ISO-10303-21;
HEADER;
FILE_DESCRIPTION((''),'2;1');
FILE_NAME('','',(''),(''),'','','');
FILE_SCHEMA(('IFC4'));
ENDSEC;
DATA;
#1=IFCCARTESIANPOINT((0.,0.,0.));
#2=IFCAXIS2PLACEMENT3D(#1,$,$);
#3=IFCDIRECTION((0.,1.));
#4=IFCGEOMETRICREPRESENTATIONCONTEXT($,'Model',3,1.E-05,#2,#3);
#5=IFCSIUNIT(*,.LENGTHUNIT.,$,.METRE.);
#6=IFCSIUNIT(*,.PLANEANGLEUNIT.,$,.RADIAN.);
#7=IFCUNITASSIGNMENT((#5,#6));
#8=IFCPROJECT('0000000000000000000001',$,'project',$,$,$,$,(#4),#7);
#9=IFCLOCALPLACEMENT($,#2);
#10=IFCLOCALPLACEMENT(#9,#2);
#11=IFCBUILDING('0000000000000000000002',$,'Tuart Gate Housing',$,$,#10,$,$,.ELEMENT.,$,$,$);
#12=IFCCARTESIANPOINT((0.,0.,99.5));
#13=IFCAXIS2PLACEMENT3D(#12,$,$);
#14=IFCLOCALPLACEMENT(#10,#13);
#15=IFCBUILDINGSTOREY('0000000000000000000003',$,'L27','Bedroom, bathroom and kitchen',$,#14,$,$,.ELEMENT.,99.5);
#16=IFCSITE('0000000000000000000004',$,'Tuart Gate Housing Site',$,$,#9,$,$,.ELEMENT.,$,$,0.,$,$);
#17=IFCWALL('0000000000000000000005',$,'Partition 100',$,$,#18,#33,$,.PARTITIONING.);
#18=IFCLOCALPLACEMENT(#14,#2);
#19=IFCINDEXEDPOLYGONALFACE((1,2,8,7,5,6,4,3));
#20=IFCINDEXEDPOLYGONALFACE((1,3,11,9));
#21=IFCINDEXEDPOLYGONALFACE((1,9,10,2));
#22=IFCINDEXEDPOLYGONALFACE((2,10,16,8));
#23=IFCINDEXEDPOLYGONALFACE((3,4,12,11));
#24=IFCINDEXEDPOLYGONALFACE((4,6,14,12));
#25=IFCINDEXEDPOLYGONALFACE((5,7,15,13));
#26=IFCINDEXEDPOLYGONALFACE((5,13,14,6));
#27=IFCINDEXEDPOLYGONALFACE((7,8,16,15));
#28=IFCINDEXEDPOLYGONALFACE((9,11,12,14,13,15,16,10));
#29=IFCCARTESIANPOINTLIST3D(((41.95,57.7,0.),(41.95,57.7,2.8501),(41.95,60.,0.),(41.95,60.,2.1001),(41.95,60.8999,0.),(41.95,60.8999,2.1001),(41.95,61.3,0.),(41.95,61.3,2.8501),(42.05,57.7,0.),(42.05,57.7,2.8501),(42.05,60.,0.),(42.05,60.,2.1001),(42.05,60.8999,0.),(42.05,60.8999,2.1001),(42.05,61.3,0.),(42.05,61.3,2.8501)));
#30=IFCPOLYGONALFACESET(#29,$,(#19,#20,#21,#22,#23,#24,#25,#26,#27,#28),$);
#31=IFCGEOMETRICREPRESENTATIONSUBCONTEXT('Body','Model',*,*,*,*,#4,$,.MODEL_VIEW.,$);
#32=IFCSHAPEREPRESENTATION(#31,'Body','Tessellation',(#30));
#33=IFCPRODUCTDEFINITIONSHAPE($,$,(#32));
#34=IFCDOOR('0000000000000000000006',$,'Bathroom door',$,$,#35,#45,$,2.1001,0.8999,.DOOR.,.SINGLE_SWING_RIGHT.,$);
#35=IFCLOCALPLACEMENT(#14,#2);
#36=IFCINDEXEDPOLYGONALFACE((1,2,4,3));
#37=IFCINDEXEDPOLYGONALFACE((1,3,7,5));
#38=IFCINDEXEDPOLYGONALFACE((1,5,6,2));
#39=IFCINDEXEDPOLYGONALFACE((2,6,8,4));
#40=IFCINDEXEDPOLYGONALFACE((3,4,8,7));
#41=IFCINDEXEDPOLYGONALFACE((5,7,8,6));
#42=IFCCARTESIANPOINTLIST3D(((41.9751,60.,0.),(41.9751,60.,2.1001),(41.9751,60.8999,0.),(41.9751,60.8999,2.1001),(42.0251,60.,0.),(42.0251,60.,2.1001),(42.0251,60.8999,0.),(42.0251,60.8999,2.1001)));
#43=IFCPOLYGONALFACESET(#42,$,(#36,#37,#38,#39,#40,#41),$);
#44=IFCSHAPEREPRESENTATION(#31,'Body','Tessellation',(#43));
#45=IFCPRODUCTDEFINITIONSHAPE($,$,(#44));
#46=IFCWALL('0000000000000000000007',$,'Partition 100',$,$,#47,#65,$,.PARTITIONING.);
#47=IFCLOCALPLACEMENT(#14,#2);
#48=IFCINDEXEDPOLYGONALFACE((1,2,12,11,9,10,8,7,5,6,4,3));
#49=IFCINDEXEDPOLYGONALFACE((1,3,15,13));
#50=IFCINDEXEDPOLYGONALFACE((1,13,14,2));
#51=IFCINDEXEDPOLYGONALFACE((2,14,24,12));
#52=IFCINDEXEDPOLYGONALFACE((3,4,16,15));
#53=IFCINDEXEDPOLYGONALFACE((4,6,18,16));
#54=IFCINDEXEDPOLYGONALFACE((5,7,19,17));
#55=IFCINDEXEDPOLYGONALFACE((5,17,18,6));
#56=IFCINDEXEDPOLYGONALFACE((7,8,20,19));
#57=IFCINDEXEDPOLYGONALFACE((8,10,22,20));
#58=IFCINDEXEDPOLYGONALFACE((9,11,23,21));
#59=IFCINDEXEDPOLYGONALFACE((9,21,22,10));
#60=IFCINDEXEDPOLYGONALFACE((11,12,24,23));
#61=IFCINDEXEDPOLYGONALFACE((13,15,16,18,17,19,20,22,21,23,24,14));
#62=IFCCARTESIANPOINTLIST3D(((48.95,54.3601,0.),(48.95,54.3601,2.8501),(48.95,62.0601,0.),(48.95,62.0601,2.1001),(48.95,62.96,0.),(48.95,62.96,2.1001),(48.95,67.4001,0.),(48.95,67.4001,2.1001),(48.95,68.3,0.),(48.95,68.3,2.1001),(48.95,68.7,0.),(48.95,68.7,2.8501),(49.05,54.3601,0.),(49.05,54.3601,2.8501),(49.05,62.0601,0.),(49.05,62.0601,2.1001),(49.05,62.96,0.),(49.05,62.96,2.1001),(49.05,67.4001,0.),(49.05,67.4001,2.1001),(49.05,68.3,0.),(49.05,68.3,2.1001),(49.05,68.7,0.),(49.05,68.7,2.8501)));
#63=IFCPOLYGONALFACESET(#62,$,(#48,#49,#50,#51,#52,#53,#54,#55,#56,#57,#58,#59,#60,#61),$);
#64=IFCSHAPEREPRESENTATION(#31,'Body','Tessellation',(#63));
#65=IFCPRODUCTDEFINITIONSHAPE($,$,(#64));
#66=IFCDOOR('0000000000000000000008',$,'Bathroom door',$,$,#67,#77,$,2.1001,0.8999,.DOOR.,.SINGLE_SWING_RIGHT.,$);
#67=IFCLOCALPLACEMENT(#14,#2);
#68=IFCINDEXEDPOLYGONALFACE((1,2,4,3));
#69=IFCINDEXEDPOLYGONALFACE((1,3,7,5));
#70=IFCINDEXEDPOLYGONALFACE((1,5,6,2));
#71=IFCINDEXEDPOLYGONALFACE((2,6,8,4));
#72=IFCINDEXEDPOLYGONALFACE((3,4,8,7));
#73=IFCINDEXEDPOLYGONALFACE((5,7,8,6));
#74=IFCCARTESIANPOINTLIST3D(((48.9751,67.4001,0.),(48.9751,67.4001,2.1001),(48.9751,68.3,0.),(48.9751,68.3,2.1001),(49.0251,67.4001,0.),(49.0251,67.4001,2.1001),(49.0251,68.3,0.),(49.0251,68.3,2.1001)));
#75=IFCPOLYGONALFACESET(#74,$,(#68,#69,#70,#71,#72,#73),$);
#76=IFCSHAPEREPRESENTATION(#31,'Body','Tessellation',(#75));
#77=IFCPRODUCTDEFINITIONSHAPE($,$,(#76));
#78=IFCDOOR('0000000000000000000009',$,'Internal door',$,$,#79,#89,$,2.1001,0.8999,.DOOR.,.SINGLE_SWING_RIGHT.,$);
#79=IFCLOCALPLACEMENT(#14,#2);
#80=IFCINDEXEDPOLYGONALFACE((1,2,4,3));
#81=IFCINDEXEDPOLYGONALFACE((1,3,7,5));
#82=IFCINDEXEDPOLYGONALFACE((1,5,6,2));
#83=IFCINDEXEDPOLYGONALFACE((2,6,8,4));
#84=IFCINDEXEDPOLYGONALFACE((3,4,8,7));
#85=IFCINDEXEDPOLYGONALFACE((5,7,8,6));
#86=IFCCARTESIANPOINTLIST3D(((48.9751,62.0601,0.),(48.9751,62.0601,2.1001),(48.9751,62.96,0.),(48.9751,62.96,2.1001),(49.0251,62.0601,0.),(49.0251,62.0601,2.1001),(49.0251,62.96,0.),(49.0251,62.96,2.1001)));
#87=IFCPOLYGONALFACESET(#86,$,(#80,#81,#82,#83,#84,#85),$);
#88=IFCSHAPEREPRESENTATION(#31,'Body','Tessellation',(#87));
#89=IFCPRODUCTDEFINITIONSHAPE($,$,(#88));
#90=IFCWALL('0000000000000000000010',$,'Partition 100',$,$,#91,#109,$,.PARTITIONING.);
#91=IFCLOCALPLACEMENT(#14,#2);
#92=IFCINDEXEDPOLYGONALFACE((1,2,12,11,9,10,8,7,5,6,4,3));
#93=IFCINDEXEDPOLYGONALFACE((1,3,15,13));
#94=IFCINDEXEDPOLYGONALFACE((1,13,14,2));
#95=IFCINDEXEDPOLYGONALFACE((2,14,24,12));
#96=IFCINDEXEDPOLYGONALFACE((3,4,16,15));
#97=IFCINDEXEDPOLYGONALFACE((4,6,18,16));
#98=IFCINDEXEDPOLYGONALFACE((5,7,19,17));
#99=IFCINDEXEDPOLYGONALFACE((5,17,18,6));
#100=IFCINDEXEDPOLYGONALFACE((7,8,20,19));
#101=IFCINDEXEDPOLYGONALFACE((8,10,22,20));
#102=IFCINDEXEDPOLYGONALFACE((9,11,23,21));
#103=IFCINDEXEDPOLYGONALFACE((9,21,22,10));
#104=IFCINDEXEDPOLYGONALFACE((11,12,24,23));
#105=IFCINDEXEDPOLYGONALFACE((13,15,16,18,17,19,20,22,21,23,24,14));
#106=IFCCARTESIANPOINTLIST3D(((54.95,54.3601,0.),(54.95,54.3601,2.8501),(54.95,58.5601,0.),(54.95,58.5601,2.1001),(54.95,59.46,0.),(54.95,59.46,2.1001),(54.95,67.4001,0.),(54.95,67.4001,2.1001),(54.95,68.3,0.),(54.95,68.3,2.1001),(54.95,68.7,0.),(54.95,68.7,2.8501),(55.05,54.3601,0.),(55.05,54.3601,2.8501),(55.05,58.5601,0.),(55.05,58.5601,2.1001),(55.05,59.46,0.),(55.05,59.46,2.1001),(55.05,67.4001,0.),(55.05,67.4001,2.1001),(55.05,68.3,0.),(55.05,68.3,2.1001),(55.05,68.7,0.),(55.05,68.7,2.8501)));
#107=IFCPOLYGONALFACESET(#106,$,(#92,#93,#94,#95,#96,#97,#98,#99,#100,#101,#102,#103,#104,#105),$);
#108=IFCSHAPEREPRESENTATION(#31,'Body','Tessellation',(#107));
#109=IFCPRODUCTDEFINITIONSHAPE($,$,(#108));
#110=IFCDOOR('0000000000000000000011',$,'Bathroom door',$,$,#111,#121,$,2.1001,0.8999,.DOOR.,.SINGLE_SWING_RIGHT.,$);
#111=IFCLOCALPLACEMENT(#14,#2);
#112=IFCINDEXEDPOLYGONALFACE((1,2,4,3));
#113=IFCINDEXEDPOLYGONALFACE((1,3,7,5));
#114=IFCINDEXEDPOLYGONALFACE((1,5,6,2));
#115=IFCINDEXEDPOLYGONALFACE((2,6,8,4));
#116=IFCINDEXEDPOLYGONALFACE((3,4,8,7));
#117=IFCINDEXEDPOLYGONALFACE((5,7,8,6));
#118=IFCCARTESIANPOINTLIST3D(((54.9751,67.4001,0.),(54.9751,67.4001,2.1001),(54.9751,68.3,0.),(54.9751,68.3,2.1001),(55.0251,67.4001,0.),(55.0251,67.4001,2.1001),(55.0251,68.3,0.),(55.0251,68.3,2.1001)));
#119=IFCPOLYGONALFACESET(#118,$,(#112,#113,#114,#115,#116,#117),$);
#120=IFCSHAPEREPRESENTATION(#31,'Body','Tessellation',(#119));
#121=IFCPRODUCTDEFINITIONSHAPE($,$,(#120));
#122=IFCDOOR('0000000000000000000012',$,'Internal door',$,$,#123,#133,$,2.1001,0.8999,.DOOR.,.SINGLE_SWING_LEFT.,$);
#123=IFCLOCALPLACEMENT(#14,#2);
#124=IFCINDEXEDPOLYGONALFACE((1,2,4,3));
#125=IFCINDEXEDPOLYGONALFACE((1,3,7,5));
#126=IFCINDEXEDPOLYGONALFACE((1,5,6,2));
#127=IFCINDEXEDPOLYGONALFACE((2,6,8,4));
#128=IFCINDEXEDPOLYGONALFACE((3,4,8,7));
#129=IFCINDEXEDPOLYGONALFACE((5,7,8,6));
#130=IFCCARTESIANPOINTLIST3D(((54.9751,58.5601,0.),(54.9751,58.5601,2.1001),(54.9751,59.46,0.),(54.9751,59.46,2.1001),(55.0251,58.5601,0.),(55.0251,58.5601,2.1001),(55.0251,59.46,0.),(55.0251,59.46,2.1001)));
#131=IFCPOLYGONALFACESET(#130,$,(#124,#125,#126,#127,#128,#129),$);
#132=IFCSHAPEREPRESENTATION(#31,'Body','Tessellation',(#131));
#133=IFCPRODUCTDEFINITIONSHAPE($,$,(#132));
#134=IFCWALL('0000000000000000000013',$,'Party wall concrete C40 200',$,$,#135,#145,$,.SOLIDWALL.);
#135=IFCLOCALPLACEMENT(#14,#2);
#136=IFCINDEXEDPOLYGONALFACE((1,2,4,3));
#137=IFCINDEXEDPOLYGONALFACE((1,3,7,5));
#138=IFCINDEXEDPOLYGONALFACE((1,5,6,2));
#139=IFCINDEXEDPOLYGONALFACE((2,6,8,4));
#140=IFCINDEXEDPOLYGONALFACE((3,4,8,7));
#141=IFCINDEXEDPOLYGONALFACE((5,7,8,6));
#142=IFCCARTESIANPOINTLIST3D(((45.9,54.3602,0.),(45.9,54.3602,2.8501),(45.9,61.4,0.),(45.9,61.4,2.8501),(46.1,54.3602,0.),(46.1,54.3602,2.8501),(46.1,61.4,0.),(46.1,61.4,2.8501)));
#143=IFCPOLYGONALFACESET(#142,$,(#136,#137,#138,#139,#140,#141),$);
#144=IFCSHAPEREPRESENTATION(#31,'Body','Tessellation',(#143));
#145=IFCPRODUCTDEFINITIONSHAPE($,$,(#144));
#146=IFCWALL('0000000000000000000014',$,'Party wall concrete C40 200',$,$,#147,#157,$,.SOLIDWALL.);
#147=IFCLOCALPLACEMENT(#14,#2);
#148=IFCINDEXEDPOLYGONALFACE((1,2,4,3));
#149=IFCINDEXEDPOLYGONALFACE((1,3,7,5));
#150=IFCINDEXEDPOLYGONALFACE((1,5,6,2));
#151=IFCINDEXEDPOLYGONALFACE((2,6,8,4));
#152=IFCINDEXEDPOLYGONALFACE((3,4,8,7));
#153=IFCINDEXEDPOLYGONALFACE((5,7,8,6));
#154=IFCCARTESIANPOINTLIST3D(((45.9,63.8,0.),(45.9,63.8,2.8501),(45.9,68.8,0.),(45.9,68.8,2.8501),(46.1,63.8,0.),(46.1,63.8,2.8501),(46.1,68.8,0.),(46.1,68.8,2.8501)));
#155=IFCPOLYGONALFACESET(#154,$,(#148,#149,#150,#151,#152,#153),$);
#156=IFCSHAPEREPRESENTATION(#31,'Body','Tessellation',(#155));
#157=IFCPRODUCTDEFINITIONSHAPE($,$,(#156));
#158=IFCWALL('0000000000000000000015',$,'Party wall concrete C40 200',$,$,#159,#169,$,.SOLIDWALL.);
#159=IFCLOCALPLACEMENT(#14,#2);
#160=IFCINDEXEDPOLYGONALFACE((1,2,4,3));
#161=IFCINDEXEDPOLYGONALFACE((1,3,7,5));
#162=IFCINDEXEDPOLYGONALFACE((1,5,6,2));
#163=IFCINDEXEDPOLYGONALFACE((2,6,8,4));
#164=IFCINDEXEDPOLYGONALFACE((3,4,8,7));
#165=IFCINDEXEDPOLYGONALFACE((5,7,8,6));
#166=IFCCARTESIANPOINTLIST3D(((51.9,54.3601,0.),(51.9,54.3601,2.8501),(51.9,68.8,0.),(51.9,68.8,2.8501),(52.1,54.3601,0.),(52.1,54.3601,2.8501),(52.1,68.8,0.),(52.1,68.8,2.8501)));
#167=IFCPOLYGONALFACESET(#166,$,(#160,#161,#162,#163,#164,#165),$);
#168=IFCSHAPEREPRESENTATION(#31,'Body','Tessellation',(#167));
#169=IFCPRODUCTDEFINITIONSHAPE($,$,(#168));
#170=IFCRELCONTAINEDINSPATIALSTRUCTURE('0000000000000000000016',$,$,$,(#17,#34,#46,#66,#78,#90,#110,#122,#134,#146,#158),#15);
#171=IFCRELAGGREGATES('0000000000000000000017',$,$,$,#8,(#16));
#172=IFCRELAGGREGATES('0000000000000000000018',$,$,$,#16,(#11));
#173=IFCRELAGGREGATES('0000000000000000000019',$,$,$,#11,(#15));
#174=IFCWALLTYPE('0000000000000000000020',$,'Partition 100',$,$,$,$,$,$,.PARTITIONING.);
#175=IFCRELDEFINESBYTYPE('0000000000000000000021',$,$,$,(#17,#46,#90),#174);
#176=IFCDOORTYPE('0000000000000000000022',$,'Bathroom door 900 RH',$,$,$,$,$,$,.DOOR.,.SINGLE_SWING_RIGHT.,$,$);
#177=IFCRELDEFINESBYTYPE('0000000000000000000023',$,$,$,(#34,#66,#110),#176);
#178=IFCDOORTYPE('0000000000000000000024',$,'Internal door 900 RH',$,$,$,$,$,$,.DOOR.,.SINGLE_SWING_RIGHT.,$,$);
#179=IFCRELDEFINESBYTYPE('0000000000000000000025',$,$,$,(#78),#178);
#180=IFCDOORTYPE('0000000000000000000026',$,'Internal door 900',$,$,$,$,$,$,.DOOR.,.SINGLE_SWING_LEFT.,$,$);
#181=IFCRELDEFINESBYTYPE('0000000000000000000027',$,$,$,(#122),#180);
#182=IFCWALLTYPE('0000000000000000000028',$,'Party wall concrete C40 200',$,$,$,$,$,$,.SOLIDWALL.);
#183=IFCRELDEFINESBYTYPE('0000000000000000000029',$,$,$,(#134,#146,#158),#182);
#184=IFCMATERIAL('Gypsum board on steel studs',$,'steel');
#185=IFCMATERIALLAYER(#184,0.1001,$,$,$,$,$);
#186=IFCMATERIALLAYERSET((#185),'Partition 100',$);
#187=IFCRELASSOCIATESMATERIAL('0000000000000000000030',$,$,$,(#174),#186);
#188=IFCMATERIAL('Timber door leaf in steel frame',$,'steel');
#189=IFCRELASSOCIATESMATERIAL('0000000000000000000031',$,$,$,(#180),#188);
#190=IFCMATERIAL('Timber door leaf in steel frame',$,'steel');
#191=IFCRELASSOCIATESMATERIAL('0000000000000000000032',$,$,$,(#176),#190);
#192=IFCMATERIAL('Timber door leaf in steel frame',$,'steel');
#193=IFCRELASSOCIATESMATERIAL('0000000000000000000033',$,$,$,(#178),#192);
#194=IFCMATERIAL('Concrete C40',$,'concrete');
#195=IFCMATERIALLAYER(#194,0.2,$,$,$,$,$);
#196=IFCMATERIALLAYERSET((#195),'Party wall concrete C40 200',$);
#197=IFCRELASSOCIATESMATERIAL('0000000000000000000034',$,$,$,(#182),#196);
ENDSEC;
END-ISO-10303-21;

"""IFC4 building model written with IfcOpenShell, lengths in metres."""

from ifc_helpers import new_model, si_unit, direction, frame, frame_2d, origin, place, context, subcontext, project, spatial, rectangle, extrude, material, layer, layer_set, type_object, element, fill, save


model = new_model("IFC4")

# Units and contexts
model_context = context("Model", 3, precision=1e-05, world=origin(), true_north=direction((0.0, 1.0)))
body_context = subcontext(model_context, "Body", "Model", "MODEL_VIEW")
ifc_project = project(units=[si_unit("LENGTHUNIT", "METRE"), si_unit("PLANEANGLEUNIT", "RADIAN")], contexts=[model_context])

# Site, building, storey
site_placement = place(None, origin())
site = spatial("IfcSite", under=ifc_project, at=site_placement, Name="Tuart Gate Housing Site", CompositionType="ELEMENT", RefElevation=0.0)
building_placement = place(site_placement, origin())
building = spatial("IfcBuilding", under=site, at=building_placement, Name="Tuart Gate Housing", CompositionType="ELEMENT")
storey_placement = place(building_placement, frame((0.0, 0.0, 99.5)))
storey = spatial("IfcBuildingStorey", under=building, at=storey_placement, Name="L27", Description="Bedroom, bathroom and kitchen", CompositionType="ELEMENT", Elevation=99.5)

# Shared definitions
ifc_material_1 = material(Name="Gypsum board on steel studs", Category="steel")
ifc_layer_1 = layer(ifc_material_1, 0.1001)
ifc_layer_set_1 = layer_set([ifc_layer_1], Name="Partition 100")
wall_type_1 = type_object("IfcWallType", Name="Partition 100", PredefinedType="PARTITIONING", material=ifc_layer_set_1)
ifc_material_2 = material(Name="Timber door leaf in steel frame", Category="steel")
door_type_1 = type_object("IfcDoorType", Name="Internal door 900", OperationType="SINGLE_SWING_LEFT", PredefinedType="DOOR", material=ifc_material_2)

# Wall, opening, door
wall_1_placement = place(storey_placement, frame((42.0, 57.7, 0.0), z_axis=(0.0, 0.0, 1.0), x_axis=(0.0, 1.0, 0.0)))
wall_1 = element("IfcWall", 1, at=wall_1_placement, inside=storey, type_object=wall_type_1, Name="Partition 100", PredefinedType="PARTITIONING", context=body_context, shape_type="SweptSolid", body=[
    extrude(rectangle(XDim=3.6001, YDim=0.1001, at=frame_2d((1.8, 0.0))), origin(), (0.0, 0.0, 1.0), 2.8501),
])
opening_1_placement = place(wall_1_placement, frame((2.3, 0.0, 0.0)))
opening_1 = element("IfcOpeningElement", 2, at=opening_1_placement, cuts=wall_1, PredefinedType="OPENING", context=body_context, shape_type="SweptSolid", body=[
    extrude(rectangle(XDim=0.8999, YDim=2.1001, at=frame_2d((0.45, 1.05))), frame((0.0, 0.0601, 0.0), z_axis=(0.0, -1.0, 0.0), x_axis=(1.0, 0.0, 0.0)), (0.0, 0.0, 1.0), 0.1201),
])
ifc_material_3 = material(Name="Timber door leaf in steel frame", Category="steel")
door_type_2 = type_object("IfcDoorType", Name="Bathroom door 900 RH", OperationType="SINGLE_SWING_RIGHT", PredefinedType="DOOR", material=ifc_material_3)
door_1_placement = place(opening_1_placement, origin())
door_1 = element("IfcDoor", 3, at=door_1_placement, inside=storey, type_object=door_type_2, Name="Bathroom door", OperationType="SINGLE_SWING_RIGHT", OverallHeight=2.1001, OverallWidth=0.8999, PredefinedType="DOOR", context=body_context, shape_type="SweptSolid", body=[
    extrude(rectangle(XDim=0.8999, YDim=2.1001, at=frame_2d((0.45, 1.05))), frame((0.0, 0.0249, 0.0), z_axis=(0.0, -1.0, 0.0), x_axis=(1.0, 0.0, 0.0)), (0.0, 0.0, 1.0), 0.05),
])
fill(opening_1, door_1)

# Walls, openings, doors
wall_2_placement = place(storey_placement, frame((49.0, 54.3601, 0.0), z_axis=(0.0, 0.0, 1.0), x_axis=(0.0, 1.0, 0.0)))
wall_2 = element("IfcWall", 4, at=wall_2_placement, inside=storey, type_object=wall_type_1, Name="Partition 100", PredefinedType="PARTITIONING", context=body_context, shape_type="SweptSolid", body=[
    extrude(rectangle(XDim=14.3398, YDim=0.1001, at=frame_2d((7.1699, 0.0))), origin(), (0.0, 0.0, 1.0), 2.8501),
])
opening_2_placement = place(wall_2_placement, frame((7.7, 0.0, 0.0)))
opening_2 = element("IfcOpeningElement", 5, at=opening_2_placement, cuts=wall_2, PredefinedType="OPENING", context=body_context, shape_type="SweptSolid", body=[
    extrude(rectangle(XDim=0.8999, YDim=2.1001, at=frame_2d((0.45, 1.05))), frame((0.0, 0.0601, 0.0), z_axis=(0.0, -1.0, 0.0), x_axis=(1.0, 0.0, 0.0)), (0.0, 0.0, 1.0), 0.1201),
])
opening_3_placement = place(wall_2_placement, frame((13.04, 0.0, 0.0)))
opening_3 = element("IfcOpeningElement", 6, at=opening_3_placement, cuts=wall_2, PredefinedType="OPENING", context=body_context, shape_type="SweptSolid", body=[
    extrude(rectangle(XDim=0.8999, YDim=2.1001, at=frame_2d((0.45, 1.05))), frame((0.0, 0.0601, 0.0), z_axis=(0.0, -1.0, 0.0), x_axis=(1.0, 0.0, 0.0)), (0.0, 0.0, 1.0), 0.1201),
])
door_2_placement = place(opening_3_placement, origin())
door_2 = element("IfcDoor", 7, at=door_2_placement, inside=storey, type_object=door_type_2, Name="Bathroom door", OperationType="SINGLE_SWING_RIGHT", OverallHeight=2.1001, OverallWidth=0.8999, PredefinedType="DOOR", context=body_context, shape_type="SweptSolid", body=[
    extrude(rectangle(XDim=0.8999, YDim=2.1001, at=frame_2d((0.45, 1.05))), frame((0.0, 0.0249, 0.0), z_axis=(0.0, -1.0, 0.0), x_axis=(1.0, 0.0, 0.0)), (0.0, 0.0, 1.0), 0.05),
])
fill(opening_3, door_2)
ifc_material_4 = material(Name="Timber door leaf in steel frame", Category="steel")
door_type_3 = type_object("IfcDoorType", Name="Internal door 900 RH", OperationType="SINGLE_SWING_RIGHT", PredefinedType="DOOR", material=ifc_material_4)
door_3_placement = place(opening_2_placement, origin())
door_3 = element("IfcDoor", 8, at=door_3_placement, inside=storey, type_object=door_type_3, Name="Internal door", OperationType="SINGLE_SWING_RIGHT", OverallHeight=2.1001, OverallWidth=0.8999, PredefinedType="DOOR", context=body_context, shape_type="SweptSolid", body=[
    extrude(rectangle(XDim=0.8999, YDim=2.1001, at=frame_2d((0.45, 1.05))), frame((0.0, 0.0249, 0.0), z_axis=(0.0, -1.0, 0.0), x_axis=(1.0, 0.0, 0.0)), (0.0, 0.0, 1.0), 0.05),
])
fill(opening_2, door_3)
wall_3_placement = place(storey_placement, frame((55.0, 54.3601, 0.0), z_axis=(0.0, 0.0, 1.0), x_axis=(0.0, 1.0, 0.0)))
wall_3 = element("IfcWall", 9, at=wall_3_placement, inside=storey, type_object=wall_type_1, Name="Partition 100", PredefinedType="PARTITIONING", context=body_context, shape_type="SweptSolid", body=[
    extrude(rectangle(XDim=14.3398, YDim=0.1001, at=frame_2d((7.1699, 0.0))), origin(), (0.0, 0.0, 1.0), 2.8501),
])
opening_4_placement = place(wall_3_placement, frame((4.2, 0.0, 0.0)))
opening_4 = element("IfcOpeningElement", 10, at=opening_4_placement, cuts=wall_3, PredefinedType="OPENING", context=body_context, shape_type="SweptSolid", body=[
    extrude(rectangle(XDim=0.8999, YDim=2.1001, at=frame_2d((0.45, 1.05))), frame((0.0, 0.0601, 0.0), z_axis=(0.0, -1.0, 0.0), x_axis=(1.0, 0.0, 0.0)), (0.0, 0.0, 1.0), 0.1201),
])
opening_5_placement = place(wall_3_placement, frame((13.04, 0.0, 0.0)))
opening_5 = element("IfcOpeningElement", 11, at=opening_5_placement, cuts=wall_3, PredefinedType="OPENING", context=body_context, shape_type="SweptSolid", body=[
    extrude(rectangle(XDim=0.8999, YDim=2.1001, at=frame_2d((0.45, 1.05))), frame((0.0, 0.0601, 0.0), z_axis=(0.0, -1.0, 0.0), x_axis=(1.0, 0.0, 0.0)), (0.0, 0.0, 1.0), 0.1201),
])
door_4_placement = place(opening_5_placement, origin())
door_4 = element("IfcDoor", 12, at=door_4_placement, inside=storey, type_object=door_type_2, Name="Bathroom door", OperationType="SINGLE_SWING_RIGHT", OverallHeight=2.1001, OverallWidth=0.8999, PredefinedType="DOOR", context=body_context, shape_type="SweptSolid", body=[
    extrude(rectangle(XDim=0.8999, YDim=2.1001, at=frame_2d((0.45, 1.05))), frame((0.0, 0.0249, 0.0), z_axis=(0.0, -1.0, 0.0), x_axis=(1.0, 0.0, 0.0)), (0.0, 0.0, 1.0), 0.05),
])
fill(opening_5, door_4)
door_5_placement = place(opening_4_placement, origin())
door_5 = element("IfcDoor", 13, at=door_5_placement, inside=storey, type_object=door_type_1, Name="Internal door", OperationType="SINGLE_SWING_LEFT", OverallHeight=2.1001, OverallWidth=0.8999, PredefinedType="DOOR", context=body_context, shape_type="SweptSolid", body=[
    extrude(rectangle(XDim=0.8999, YDim=2.1001, at=frame_2d((0.45, 1.05))), frame((0.0, 0.0249, 0.0), z_axis=(0.0, -1.0, 0.0), x_axis=(1.0, 0.0, 0.0)), (0.0, 0.0, 1.0), 0.05),
])
fill(opening_4, door_5)

# Walls
ifc_material_5 = material(Name="Concrete C40", Category="concrete")
ifc_layer_2 = layer(ifc_material_5, 0.2)
ifc_layer_set_2 = layer_set([ifc_layer_2], Name="Party wall concrete C40 200")
wall_type_2 = type_object("IfcWallType", Name="Party wall concrete C40 200", PredefinedType="SOLIDWALL", material=ifc_layer_set_2)
wall_4_placement = place(storey_placement, frame((46.0, 54.3601, 0.0), z_axis=(0.0, 0.0, 1.0), x_axis=(0.0, 1.0, 0.0)))
element("IfcWall", 14, at=wall_4_placement, inside=storey, type_object=wall_type_2, Name="Party wall concrete C40 200", PredefinedType="SOLIDWALL", context=body_context, shape_type="SweptSolid", body=[
    extrude(rectangle(XDim=7.0398, YDim=0.2, at=frame_2d((3.52, 0.0))), origin(), (0.0, 0.0, 1.0), 2.8501),
])
wall_5_placement = place(storey_placement, frame((46.0, 63.8, 0.0), z_axis=(0.0, 0.0, 1.0), x_axis=(0.0, 1.0, 0.0)))
element("IfcWall", 15, at=wall_5_placement, inside=storey, type_object=wall_type_2, Name="Party wall concrete C40 200", PredefinedType="SOLIDWALL", context=body_context, shape_type="SweptSolid", body=[
    extrude(rectangle(XDim=5.0, YDim=0.2, at=frame_2d((2.5, 0.0))), origin(), (0.0, 0.0, 1.0), 2.8501),
])
for number, where, z_axis, x_axis, name in (
    (16, (52.0, 54.3601, 0.0), (0.0, 0.0, 1.0), (0.0, 1.0, 0.0), "Party wall concrete C40 200"),
):
    element("IfcWall", number, at=place(storey_placement, frame(where, z_axis=z_axis, x_axis=x_axis)), inside=storey, type_object=wall_type_2, Name=name, PredefinedType="SOLIDWALL", context=body_context, shape_type="SweptSolid", body=[
        extrude(rectangle(XDim=14.4399, YDim=0.2, at=frame_2d((7.22, 0.0))), origin(), (0.0, 0.0, 1.0), 2.8501),
    ])

save(model, "model.ifc")
